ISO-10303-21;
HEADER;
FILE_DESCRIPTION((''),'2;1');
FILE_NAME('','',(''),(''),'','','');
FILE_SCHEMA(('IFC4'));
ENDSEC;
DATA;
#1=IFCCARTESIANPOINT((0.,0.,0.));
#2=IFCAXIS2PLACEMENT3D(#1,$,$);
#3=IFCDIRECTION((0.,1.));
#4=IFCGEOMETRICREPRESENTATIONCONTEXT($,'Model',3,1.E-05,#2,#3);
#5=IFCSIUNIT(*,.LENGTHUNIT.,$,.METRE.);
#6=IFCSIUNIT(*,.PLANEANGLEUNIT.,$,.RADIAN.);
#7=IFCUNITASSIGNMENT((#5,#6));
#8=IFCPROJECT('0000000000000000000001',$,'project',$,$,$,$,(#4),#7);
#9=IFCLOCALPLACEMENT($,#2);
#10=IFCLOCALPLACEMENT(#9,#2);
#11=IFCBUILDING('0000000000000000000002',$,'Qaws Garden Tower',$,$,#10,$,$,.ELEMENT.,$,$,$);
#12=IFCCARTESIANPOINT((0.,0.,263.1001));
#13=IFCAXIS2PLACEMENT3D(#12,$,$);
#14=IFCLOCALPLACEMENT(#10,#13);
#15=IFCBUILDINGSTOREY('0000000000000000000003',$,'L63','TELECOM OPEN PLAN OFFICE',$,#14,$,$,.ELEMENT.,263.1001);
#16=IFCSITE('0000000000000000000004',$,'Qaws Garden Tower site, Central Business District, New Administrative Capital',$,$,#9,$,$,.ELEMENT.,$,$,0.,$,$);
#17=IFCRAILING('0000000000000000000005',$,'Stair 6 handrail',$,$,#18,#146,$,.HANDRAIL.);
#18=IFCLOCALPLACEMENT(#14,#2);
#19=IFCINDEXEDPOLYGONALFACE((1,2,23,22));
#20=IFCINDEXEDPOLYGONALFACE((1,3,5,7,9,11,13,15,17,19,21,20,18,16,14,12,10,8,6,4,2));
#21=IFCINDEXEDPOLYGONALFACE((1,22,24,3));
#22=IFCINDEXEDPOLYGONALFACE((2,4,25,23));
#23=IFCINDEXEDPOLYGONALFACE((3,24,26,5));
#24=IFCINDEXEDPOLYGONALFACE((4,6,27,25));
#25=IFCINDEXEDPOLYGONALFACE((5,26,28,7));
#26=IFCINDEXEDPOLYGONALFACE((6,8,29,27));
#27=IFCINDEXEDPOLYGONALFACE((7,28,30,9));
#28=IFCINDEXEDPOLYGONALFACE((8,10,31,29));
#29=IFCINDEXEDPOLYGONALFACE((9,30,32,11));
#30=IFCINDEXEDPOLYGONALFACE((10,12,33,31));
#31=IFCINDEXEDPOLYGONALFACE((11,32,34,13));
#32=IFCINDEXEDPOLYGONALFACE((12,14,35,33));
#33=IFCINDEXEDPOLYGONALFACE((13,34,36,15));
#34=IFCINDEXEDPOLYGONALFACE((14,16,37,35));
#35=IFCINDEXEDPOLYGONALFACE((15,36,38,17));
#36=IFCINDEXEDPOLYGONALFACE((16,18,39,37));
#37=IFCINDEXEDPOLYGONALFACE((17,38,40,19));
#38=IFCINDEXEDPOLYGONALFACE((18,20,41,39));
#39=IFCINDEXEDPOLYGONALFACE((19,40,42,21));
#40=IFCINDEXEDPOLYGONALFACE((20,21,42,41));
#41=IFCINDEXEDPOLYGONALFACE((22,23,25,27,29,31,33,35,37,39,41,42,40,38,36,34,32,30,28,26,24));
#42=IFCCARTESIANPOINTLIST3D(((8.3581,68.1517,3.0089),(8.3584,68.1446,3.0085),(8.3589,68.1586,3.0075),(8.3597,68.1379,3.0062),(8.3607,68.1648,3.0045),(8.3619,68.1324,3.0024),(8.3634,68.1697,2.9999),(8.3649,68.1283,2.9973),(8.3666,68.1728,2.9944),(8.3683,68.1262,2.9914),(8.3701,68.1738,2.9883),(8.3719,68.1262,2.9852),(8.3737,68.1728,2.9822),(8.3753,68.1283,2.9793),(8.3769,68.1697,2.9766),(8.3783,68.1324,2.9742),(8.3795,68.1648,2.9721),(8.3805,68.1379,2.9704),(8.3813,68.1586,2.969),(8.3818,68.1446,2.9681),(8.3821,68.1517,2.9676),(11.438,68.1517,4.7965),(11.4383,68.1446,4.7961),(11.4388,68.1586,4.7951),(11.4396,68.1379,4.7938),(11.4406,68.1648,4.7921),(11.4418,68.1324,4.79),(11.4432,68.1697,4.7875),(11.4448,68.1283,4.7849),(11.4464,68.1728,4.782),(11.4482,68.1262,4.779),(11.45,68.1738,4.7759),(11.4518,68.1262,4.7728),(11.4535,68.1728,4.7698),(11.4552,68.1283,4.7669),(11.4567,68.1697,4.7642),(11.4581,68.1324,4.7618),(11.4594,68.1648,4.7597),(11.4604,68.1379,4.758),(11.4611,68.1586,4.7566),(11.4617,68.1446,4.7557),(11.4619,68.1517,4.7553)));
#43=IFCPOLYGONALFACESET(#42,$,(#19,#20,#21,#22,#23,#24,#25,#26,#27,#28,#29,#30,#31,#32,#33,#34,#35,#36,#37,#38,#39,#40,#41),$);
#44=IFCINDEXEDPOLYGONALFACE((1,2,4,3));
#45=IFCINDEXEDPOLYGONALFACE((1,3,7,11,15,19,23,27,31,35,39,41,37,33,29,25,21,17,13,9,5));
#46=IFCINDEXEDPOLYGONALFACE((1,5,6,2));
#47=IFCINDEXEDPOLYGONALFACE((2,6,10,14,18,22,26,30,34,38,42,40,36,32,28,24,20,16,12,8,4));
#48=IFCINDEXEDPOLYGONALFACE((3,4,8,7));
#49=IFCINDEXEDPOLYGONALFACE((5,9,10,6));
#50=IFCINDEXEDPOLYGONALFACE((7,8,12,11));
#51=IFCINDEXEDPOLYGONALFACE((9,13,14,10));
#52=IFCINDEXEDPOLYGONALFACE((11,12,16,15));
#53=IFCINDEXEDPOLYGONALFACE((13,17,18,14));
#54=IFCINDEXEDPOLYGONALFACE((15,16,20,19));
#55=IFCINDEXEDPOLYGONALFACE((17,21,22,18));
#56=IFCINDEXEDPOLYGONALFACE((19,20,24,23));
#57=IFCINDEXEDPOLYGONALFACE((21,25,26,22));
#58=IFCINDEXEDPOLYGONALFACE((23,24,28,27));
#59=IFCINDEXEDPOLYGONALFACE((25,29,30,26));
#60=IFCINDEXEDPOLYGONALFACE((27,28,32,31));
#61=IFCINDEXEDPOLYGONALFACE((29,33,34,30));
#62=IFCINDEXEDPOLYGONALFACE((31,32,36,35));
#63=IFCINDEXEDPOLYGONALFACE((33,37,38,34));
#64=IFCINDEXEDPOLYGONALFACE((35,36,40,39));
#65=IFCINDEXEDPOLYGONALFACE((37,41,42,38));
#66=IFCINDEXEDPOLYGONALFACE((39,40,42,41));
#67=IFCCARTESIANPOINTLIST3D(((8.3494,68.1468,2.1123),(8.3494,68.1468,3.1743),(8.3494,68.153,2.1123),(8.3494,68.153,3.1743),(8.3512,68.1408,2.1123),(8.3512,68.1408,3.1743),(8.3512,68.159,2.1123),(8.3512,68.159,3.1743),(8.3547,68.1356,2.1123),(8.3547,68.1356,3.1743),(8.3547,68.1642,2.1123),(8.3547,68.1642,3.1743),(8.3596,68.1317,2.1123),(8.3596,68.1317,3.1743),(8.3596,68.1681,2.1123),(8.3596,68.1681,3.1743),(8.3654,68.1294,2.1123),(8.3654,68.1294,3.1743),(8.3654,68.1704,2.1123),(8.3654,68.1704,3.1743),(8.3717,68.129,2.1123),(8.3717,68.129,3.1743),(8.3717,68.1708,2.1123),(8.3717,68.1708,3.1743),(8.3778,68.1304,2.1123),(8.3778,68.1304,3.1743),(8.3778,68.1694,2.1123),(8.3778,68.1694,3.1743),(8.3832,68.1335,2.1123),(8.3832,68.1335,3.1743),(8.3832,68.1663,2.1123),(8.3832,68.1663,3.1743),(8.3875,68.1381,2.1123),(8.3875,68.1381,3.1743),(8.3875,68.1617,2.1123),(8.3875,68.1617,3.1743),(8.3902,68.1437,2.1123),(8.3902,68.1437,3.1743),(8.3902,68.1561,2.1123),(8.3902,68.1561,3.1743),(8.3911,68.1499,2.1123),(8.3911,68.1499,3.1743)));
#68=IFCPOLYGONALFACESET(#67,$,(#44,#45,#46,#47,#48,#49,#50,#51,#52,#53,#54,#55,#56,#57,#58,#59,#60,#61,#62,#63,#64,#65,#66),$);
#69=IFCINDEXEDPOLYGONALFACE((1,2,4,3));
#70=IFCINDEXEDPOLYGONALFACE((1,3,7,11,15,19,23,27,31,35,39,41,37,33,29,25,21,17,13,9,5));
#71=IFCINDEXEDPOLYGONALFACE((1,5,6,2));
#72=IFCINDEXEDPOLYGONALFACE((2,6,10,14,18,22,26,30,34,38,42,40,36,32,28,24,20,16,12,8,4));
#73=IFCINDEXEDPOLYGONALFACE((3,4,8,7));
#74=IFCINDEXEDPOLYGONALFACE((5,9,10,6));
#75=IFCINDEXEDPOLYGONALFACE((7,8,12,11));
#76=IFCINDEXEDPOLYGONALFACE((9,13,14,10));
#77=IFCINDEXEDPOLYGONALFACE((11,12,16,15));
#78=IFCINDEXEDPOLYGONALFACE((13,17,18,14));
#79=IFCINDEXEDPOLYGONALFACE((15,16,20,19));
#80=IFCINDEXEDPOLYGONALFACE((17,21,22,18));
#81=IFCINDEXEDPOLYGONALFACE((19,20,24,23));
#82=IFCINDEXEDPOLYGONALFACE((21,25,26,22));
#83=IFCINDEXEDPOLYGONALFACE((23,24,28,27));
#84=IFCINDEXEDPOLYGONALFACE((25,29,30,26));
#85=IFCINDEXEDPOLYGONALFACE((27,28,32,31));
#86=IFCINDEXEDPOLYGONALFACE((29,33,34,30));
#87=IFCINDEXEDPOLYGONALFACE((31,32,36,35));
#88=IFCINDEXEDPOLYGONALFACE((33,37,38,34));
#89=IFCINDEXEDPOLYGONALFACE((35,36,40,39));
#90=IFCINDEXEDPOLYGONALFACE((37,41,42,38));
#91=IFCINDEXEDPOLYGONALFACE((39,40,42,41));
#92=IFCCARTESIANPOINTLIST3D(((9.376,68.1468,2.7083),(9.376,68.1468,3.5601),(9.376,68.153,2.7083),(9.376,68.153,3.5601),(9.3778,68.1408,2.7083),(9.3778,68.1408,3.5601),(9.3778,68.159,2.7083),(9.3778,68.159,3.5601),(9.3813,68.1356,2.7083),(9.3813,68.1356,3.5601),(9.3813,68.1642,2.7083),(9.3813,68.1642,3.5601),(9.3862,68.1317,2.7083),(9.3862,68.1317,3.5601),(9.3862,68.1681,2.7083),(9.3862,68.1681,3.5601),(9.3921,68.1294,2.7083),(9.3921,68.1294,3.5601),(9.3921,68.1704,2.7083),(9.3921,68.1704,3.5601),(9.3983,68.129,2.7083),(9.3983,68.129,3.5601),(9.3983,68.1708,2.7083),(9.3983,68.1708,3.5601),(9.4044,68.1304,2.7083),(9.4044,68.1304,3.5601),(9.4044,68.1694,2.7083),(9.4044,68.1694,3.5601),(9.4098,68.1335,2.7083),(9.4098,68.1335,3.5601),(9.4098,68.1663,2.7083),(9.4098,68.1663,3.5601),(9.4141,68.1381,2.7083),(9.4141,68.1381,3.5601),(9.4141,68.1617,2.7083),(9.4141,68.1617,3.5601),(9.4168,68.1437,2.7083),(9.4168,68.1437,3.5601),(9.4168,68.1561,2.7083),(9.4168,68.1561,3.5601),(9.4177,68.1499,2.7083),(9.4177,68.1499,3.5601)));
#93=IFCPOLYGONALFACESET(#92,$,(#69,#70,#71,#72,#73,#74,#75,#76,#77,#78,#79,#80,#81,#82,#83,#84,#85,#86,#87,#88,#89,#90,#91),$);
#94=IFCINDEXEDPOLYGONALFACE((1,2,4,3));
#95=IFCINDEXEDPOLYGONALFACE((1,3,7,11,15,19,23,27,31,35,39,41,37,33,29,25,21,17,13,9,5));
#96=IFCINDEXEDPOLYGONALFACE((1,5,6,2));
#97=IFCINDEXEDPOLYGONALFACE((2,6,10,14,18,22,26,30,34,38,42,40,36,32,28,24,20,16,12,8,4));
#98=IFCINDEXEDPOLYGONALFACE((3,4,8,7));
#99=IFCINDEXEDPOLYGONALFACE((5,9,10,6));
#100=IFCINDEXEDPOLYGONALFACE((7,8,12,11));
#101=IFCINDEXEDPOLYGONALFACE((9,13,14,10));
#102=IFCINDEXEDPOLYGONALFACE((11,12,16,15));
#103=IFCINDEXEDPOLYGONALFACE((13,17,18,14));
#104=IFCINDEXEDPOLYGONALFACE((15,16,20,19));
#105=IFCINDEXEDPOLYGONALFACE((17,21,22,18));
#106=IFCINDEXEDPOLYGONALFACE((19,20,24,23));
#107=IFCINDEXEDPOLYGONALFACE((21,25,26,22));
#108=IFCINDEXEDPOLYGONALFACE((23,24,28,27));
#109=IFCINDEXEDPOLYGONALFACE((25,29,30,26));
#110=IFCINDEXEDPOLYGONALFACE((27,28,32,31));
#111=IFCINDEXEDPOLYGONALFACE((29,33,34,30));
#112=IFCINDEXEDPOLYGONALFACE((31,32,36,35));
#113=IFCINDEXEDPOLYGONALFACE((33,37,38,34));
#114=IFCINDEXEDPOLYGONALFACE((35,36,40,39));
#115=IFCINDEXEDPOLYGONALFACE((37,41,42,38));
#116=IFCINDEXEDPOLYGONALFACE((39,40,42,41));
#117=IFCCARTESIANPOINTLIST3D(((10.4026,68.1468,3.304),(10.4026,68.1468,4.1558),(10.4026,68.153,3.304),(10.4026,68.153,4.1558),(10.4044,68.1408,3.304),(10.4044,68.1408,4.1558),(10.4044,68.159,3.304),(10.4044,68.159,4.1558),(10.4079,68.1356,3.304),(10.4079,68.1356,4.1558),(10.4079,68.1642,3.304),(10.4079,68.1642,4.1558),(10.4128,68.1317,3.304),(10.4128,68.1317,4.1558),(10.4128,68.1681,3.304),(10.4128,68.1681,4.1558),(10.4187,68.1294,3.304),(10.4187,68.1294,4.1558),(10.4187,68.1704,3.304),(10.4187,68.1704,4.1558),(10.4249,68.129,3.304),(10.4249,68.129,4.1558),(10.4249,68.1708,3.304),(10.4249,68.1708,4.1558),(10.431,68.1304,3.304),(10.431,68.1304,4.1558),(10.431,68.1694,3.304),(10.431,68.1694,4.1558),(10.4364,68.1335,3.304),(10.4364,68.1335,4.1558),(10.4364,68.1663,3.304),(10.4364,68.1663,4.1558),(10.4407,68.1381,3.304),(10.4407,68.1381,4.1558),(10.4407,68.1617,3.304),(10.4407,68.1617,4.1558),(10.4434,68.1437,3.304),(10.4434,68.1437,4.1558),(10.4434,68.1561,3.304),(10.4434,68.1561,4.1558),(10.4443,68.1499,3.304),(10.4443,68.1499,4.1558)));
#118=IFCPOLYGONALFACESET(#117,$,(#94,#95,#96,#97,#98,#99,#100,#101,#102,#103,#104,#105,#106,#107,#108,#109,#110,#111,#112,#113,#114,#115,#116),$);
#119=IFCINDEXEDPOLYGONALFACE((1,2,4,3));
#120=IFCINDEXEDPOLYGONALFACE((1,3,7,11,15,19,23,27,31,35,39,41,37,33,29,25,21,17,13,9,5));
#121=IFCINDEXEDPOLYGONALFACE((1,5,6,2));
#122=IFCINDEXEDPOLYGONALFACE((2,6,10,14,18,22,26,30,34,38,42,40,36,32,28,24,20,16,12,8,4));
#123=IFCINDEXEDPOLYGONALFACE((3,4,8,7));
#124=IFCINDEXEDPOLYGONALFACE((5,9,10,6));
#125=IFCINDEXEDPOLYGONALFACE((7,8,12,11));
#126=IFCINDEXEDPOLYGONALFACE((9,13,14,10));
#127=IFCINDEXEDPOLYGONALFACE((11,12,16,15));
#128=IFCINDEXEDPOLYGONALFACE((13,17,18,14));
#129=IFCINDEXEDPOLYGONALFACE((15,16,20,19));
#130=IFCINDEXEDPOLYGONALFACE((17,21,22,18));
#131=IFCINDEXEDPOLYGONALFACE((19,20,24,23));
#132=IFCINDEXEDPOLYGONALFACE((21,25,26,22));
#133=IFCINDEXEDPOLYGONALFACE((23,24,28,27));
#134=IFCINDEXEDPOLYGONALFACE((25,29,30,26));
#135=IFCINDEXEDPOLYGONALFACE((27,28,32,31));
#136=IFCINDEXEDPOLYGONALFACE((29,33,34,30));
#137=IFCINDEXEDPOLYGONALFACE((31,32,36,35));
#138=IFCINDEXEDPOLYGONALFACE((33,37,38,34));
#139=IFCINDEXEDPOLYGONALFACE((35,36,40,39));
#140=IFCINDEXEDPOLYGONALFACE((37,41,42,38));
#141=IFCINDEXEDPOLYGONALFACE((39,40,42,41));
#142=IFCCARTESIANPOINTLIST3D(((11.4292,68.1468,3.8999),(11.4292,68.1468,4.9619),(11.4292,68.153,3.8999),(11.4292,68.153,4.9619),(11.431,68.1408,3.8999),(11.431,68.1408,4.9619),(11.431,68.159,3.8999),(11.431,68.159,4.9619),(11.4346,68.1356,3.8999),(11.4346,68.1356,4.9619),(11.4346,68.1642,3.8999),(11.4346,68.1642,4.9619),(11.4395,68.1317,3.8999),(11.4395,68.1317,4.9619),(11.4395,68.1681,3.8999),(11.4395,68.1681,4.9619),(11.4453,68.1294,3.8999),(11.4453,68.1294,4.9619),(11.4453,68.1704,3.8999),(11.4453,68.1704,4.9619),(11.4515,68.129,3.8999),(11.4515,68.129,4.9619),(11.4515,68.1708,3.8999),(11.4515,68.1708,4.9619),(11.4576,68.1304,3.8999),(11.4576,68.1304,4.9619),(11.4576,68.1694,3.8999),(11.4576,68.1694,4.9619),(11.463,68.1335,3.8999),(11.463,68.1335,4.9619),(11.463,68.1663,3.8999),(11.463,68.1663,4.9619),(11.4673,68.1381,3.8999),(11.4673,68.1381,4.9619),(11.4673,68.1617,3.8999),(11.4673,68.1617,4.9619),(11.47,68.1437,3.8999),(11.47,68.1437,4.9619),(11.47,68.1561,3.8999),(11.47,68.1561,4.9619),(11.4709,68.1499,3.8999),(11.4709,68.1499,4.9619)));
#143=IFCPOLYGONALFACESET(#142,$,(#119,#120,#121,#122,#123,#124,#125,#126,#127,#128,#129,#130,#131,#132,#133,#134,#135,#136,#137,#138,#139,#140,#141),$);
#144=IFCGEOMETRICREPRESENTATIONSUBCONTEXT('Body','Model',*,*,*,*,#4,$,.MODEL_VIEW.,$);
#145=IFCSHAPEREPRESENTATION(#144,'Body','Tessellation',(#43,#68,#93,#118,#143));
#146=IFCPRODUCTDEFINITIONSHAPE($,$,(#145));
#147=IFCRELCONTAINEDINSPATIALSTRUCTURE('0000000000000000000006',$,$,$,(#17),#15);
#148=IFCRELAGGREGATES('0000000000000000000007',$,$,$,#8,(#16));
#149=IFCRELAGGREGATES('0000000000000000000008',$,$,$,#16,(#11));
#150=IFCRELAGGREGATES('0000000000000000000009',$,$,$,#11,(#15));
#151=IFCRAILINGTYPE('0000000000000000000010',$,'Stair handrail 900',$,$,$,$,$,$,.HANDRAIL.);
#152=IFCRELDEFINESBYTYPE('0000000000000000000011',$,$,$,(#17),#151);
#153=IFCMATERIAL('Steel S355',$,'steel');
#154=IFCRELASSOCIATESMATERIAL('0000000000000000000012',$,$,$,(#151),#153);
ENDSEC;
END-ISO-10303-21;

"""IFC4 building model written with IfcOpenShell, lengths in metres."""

from ifc_helpers import new_model, si_unit, direction, frame, origin, origin_2d, place, context, subcontext, project, spatial, circle, extrude, material, type_object, element, save


model = new_model("IFC4")

# Units and contexts
model_context = context("Model", 3, precision=1e-05, world=origin(), true_north=direction((0.0, 1.0)))
body_context = subcontext(model_context, "Body", "Model", "MODEL_VIEW")
ifc_project = project(units=[si_unit("LENGTHUNIT", "METRE"), si_unit("PLANEANGLEUNIT", "RADIAN")], contexts=[model_context])

# Site, building, storey
site_placement = place(None, origin())
site = spatial("IfcSite", under=ifc_project, at=site_placement, Name="Qaws Garden Tower site, Central Business District, New Administrative Capital", CompositionType="ELEMENT", RefElevation=0.0)
building_placement = place(site_placement, origin())
building = spatial("IfcBuilding", under=site, at=building_placement, Name="Qaws Garden Tower", CompositionType="ELEMENT")
storey_placement = place(building_placement, frame((0.0, 0.0, 263.1001)))
storey = spatial("IfcBuildingStorey", under=building, at=storey_placement, Name="L63", Description="TELECOM OPEN PLAN OFFICE", CompositionType="ELEMENT", Elevation=263.1001)

# Railing
ifc_material_1 = material(Name="Steel S355", Category="steel")
railing_type = type_object("IfcRailingType", Name="Stair handrail 900", PredefinedType="HANDRAIL", material=ifc_material_1)
railing_1_placement = place(storey_placement, frame((8.3701, 68.1499, 2.1123)))
element("IfcRailing", 1, at=railing_1_placement, inside=storey, type_object=railing_type, Name="Stair 6 handrail", PredefinedType="HANDRAIL", context=body_context, shape_type="SweptSolid", body=[
    extrude(circle(Radius=0.0239, at=origin_2d()), frame((0.0, 0.0, 0.876), z_axis=(0.864873, 0.0, 0.50199), x_axis=(0.0, 1.0, 0.0)), (0.0, 0.0, 1.0), 3.561),
    extrude(circle(Radius=0.021, at=origin_2d()), origin(), (0.0, 0.0, 1.0), 1.062),
    extrude(circle(Radius=0.021, at=origin_2d()), frame((1.0266, 0.0, 0.5959)), (0.0, 0.0, 1.0), 0.8518),
    extrude(circle(Radius=0.021, at=origin_2d()), frame((2.0532, 0.0, 1.1917)), (0.0, 0.0, 1.0), 0.8518),
    extrude(circle(Radius=0.021, at=origin_2d()), frame((3.0798, 0.0, 1.7876)), (0.0, 0.0, 1.0), 1.062),
])

save(model, "model.ifc")
